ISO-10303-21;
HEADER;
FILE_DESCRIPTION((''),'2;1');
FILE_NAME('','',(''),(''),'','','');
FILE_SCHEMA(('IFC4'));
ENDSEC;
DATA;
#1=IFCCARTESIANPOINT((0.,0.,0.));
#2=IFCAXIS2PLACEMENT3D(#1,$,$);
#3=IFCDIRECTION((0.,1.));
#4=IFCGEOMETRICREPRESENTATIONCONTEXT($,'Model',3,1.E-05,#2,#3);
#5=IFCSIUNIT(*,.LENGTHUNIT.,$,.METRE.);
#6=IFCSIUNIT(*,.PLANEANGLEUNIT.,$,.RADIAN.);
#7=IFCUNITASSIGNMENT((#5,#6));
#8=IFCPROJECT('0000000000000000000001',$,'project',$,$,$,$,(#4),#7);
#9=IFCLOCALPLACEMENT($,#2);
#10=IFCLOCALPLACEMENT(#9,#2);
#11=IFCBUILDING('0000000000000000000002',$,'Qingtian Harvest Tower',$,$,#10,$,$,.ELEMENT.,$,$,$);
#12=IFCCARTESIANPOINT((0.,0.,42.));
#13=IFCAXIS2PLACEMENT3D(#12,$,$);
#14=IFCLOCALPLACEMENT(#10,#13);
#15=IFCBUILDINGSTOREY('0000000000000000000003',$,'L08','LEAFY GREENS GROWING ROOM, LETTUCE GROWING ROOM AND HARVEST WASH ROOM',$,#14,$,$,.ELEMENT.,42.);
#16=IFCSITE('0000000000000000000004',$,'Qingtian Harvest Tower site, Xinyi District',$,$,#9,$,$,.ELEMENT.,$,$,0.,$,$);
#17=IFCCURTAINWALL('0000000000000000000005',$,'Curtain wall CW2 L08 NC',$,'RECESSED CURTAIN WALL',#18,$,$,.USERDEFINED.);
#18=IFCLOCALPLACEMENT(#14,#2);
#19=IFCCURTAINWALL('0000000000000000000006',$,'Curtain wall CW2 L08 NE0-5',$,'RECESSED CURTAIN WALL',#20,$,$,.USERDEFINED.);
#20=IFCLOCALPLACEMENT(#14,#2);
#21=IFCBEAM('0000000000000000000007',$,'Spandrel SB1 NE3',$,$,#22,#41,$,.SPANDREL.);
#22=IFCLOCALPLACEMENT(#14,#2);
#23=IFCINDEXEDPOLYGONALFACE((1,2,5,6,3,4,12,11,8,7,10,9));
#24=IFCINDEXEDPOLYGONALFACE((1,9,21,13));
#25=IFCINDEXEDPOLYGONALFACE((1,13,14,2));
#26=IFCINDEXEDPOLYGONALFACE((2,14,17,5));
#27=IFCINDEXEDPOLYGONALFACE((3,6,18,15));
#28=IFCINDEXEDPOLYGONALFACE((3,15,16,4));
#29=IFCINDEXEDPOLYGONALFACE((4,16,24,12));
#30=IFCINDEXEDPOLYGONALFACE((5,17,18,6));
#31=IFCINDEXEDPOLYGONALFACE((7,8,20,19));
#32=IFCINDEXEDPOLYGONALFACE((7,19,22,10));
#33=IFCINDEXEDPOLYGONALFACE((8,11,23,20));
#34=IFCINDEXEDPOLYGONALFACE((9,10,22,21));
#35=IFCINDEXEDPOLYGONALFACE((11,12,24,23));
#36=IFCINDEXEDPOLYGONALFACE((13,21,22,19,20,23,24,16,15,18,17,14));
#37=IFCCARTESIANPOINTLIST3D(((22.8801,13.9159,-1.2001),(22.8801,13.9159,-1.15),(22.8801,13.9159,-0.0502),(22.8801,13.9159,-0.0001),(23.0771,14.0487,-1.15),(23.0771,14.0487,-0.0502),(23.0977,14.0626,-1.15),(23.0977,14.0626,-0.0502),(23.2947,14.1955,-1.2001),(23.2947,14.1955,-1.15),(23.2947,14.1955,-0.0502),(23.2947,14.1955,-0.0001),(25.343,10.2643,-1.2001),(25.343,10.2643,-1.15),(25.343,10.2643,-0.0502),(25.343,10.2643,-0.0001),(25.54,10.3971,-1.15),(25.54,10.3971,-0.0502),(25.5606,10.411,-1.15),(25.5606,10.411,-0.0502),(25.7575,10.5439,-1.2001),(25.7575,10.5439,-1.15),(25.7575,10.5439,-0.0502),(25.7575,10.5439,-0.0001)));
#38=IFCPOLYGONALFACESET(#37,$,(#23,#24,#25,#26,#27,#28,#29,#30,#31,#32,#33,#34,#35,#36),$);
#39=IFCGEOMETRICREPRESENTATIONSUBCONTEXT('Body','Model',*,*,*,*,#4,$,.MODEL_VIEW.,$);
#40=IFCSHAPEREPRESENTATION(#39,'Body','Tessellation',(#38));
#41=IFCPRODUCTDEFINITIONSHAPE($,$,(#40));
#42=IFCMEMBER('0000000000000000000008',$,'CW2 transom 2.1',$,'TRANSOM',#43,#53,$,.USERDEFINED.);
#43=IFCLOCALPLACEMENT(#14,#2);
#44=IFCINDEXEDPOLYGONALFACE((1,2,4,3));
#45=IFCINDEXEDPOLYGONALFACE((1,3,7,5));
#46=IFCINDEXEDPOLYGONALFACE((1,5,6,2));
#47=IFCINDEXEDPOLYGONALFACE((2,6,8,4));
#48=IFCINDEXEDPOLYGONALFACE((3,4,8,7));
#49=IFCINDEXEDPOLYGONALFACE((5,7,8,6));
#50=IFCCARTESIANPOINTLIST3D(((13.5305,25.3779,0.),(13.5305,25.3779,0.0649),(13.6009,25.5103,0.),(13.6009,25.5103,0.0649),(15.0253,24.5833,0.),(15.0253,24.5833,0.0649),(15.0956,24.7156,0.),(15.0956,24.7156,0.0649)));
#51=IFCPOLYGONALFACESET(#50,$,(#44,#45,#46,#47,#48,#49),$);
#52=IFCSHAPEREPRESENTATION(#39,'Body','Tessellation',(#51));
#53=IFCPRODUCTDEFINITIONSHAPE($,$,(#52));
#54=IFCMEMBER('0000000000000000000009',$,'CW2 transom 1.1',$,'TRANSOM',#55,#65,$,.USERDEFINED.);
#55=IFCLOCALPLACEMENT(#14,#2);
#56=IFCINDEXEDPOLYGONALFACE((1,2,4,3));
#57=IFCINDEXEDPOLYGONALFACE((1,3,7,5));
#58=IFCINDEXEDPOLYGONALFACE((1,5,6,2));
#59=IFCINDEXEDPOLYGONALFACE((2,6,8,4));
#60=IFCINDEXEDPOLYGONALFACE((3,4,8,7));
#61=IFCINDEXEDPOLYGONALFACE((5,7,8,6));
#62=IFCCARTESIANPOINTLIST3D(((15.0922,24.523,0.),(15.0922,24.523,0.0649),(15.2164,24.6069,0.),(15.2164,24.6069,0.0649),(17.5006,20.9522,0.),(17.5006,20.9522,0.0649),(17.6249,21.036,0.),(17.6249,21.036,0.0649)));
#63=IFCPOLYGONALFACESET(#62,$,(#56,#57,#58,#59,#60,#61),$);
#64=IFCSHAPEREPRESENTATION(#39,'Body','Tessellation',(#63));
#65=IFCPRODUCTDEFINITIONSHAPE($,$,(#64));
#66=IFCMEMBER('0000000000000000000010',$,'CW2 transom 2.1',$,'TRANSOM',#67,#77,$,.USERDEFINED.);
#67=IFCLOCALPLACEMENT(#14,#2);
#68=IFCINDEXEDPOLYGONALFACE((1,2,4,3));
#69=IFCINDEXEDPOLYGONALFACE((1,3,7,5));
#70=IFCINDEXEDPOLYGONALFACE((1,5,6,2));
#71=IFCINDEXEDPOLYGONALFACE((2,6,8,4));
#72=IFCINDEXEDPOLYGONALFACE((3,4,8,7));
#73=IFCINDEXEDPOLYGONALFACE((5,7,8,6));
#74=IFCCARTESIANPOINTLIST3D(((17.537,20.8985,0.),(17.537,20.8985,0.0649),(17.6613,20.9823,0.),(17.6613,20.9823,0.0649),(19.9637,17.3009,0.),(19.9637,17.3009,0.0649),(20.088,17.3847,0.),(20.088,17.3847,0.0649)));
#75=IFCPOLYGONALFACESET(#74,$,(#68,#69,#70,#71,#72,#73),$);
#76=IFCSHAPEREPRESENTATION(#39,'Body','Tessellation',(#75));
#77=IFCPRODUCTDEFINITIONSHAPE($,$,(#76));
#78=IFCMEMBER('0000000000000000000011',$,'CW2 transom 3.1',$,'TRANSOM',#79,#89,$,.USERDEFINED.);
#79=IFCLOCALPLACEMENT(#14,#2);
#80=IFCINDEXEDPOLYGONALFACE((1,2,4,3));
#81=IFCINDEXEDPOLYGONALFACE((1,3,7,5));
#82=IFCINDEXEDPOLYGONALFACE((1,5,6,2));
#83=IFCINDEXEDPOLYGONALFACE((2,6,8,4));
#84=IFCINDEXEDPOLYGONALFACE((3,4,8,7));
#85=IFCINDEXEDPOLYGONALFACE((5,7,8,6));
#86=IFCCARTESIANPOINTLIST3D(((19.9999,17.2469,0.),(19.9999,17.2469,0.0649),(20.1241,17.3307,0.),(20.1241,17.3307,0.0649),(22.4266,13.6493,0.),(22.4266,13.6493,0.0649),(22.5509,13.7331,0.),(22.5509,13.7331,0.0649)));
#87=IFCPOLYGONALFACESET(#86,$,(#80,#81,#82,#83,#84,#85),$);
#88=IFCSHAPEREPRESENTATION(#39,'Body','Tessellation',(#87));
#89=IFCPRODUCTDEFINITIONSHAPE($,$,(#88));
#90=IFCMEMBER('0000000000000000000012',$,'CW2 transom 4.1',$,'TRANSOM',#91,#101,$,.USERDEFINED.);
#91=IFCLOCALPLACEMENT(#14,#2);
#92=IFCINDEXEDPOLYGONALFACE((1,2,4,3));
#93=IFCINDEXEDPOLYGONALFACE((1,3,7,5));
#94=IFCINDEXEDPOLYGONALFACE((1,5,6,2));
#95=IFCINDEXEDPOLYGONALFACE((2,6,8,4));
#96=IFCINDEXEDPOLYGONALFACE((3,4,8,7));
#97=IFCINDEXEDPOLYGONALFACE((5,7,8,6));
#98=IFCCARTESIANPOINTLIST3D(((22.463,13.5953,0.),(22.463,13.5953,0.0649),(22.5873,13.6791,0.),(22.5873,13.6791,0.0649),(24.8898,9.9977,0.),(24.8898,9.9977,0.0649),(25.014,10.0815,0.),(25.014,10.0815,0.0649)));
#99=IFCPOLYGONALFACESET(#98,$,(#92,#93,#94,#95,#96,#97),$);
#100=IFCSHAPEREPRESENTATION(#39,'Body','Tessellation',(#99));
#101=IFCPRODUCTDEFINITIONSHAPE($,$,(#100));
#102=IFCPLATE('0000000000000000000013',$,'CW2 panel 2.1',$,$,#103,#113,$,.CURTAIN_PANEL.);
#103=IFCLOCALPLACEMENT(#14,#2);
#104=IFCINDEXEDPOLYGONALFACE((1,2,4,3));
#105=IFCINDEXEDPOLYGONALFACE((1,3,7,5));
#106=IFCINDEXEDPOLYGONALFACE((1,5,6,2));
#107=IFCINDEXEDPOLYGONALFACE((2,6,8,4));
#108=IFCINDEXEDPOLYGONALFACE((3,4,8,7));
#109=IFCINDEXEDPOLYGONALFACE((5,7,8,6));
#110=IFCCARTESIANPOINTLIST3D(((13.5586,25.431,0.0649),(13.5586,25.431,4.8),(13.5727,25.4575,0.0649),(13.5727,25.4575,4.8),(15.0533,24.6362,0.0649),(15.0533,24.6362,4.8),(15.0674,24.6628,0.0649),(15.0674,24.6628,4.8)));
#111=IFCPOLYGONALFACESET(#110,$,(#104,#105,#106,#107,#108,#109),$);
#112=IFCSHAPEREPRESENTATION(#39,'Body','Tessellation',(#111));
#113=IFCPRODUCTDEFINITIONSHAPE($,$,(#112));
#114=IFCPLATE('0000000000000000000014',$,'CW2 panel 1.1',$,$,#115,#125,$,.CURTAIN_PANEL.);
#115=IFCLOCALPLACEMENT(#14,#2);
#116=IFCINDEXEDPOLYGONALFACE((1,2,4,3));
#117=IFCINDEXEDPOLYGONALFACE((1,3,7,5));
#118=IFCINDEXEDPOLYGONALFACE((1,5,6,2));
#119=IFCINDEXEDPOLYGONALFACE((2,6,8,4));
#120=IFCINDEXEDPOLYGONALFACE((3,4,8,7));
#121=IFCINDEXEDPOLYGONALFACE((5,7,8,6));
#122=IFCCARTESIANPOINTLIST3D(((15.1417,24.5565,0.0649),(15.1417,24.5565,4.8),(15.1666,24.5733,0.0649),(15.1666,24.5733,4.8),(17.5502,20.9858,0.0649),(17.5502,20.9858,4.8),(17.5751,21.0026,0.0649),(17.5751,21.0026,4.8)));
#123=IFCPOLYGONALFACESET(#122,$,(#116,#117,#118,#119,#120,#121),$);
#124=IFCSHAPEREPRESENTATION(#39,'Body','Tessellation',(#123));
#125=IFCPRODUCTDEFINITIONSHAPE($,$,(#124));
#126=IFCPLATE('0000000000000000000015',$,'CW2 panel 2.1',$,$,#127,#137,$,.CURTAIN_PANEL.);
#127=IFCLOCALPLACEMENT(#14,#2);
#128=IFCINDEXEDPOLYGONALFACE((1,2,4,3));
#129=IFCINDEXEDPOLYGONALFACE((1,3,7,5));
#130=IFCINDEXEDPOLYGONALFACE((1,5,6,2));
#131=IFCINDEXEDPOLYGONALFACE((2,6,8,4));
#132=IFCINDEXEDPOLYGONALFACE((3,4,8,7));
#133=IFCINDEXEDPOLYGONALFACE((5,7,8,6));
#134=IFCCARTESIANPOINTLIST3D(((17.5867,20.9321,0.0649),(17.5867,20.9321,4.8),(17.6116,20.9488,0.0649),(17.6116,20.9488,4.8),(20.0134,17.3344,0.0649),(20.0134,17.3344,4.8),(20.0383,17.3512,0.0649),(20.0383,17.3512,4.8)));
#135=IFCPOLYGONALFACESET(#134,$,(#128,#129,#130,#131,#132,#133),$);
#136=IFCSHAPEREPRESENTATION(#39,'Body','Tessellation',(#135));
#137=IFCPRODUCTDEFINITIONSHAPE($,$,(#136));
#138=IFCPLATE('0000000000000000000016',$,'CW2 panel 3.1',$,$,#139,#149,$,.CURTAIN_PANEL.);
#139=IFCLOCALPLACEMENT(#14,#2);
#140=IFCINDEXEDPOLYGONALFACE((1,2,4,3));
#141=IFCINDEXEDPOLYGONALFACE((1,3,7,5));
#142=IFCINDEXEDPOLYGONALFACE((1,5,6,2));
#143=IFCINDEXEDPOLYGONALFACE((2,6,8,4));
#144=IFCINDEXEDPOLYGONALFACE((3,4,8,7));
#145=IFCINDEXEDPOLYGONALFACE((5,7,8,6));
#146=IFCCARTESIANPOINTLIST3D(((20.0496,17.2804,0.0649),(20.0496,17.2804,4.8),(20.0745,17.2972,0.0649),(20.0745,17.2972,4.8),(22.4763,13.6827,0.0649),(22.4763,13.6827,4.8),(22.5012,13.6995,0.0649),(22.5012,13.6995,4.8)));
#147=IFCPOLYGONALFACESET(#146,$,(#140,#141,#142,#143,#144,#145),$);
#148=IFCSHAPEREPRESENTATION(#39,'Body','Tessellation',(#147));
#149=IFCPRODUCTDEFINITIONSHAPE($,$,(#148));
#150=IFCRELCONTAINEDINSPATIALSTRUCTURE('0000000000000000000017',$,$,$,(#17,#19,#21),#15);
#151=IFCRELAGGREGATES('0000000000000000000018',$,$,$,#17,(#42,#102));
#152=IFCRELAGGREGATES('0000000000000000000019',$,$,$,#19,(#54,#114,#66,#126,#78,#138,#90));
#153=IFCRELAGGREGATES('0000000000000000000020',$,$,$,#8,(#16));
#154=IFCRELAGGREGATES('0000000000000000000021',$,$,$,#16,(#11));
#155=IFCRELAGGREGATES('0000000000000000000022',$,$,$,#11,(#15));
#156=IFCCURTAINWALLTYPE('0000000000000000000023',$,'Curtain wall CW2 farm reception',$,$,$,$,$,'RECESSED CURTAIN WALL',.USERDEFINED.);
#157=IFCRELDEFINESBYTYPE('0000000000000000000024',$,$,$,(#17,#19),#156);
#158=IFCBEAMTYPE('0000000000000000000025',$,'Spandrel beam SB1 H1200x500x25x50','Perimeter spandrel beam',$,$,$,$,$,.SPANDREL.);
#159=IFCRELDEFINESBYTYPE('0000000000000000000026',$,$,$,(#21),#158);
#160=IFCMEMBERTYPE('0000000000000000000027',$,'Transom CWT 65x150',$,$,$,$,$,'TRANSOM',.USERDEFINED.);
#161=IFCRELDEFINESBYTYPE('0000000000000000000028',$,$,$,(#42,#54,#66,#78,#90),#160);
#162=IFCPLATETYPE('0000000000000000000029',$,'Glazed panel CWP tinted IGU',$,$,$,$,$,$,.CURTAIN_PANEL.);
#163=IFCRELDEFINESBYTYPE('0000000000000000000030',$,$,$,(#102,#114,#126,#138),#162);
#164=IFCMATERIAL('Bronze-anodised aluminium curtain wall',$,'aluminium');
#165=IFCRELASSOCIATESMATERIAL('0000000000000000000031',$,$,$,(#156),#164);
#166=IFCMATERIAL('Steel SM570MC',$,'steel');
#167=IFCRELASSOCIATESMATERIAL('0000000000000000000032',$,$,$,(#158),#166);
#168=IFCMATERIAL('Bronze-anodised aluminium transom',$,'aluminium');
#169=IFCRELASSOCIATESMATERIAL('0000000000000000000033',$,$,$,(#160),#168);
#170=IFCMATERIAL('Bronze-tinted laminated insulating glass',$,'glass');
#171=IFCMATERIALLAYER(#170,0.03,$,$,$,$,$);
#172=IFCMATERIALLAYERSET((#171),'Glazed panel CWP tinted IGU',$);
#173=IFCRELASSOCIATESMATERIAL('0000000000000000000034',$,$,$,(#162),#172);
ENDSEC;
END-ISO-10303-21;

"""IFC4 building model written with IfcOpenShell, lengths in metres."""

from ifc_helpers import new_model, si_unit, direction, frame, origin, origin_2d, place, context, subcontext, project, spatial, rectangle, i_section, extrude, material, layer, layer_set, material_profile, profile_set, type_object, element, aggregate, save


model = new_model("IFC4")

# Units and contexts
model_context = context("Model", 3, precision=1e-05, world=origin(), true_north=direction((0.0, 1.0)))
body_context = subcontext(model_context, "Body", "Model", "MODEL_VIEW")
ifc_project = project(units=[si_unit("LENGTHUNIT", "METRE"), si_unit("PLANEANGLEUNIT", "RADIAN")], contexts=[model_context])

# Site, building, storey
site_placement = place(None, origin())
site = spatial("IfcSite", under=ifc_project, at=site_placement, Name="Qingtian Harvest Tower site, Xinyi District", CompositionType="ELEMENT", RefElevation=0.0)
building_placement = place(site_placement, origin())
building = spatial("IfcBuilding", under=site, at=building_placement, Name="Qingtian Harvest Tower", CompositionType="ELEMENT")
storey_placement = place(building_placement, frame((0.0, 0.0, 42.0)))
storey = spatial("IfcBuildingStorey", under=building, at=storey_placement, Name="L08", Description="LEAFY GREENS GROWING ROOM, LETTUCE GROWING ROOM AND HARVEST WASH ROOM", CompositionType="ELEMENT", Elevation=42.0)

# Curtain wall
ifc_material_1 = material(Name="Bronze-anodised aluminium curtain wall", Category="aluminium")
curtain_wall_type = type_object("IfcCurtainWallType", Name="Curtain wall CW2 farm reception", ElementType="RECESSED CURTAIN WALL", PredefinedType="USERDEFINED", material=ifc_material_1)
curtain_wall_1_placement = place(storey_placement, origin())
curtain_wall_1 = element("IfcCurtainWall", 1, at=curtain_wall_1_placement, inside=storey, type_object=curtain_wall_type, Name="Curtain wall CW2 L08 NC", ObjectType="RECESSED CURTAIN WALL", PredefinedType="USERDEFINED")

# Curtain wall
curtain_wall_2_placement = place(storey_placement, origin())
curtain_wall_2 = element("IfcCurtainWall", 2, at=curtain_wall_2_placement, inside=storey, type_object=curtain_wall_type, Name="Curtain wall CW2 L08 NE0-5", ObjectType="RECESSED CURTAIN WALL", PredefinedType="USERDEFINED")

# Beam
ifc_material_2 = material(Name="Steel SM570MC", Category="steel")
ifc_material_profile_1 = material_profile(ifc_material_2, i_section(OverallWidth=0.5, OverallDepth=1.2, WebThickness=0.0249, FlangeThickness=0.05, at=origin_2d()), Name="H1200x500x25x50")
ifc_profile_set_1 = profile_set([ifc_material_profile_1], Name="Steel SM570MC")
beam_type_1 = type_object("IfcBeamType", Name="Spandrel beam SB1 H1200x500x25x50", Description="Perimeter spandrel beam", PredefinedType="SPANDREL", material=ifc_profile_set_1)
for number, where, z_axis, x_axis, name in (
    (3, (23.0874, 14.0557, -0.6001), (0.559169, -0.829054, 0.0), (0.829054, 0.559169, 0.0), "Spandrel SB1 NE3"),
):
    element("IfcBeam", number, at=place(storey_placement, frame(where, z_axis=z_axis, x_axis=x_axis)), inside=storey, type_object=beam_type_1, Name=name, PredefinedType="SPANDREL", context=body_context, shape_type="SweptSolid", body=[
        extrude(i_section(OverallWidth=0.5, OverallDepth=1.2, WebThickness=0.0249, FlangeThickness=0.05, at=origin_2d()), origin(), (0.0, 0.0, 1.0), 4.4045),
    ])

# Members
ifc_material_3 = material(Name="Bronze-anodised aluminium transom", Category="aluminium")
ifc_material_profile_2 = material_profile(ifc_material_3, rectangle(XDim=0.1499, YDim=0.0649, at=origin_2d()), Name="AL 65x150")
ifc_profile_set_2 = profile_set([ifc_material_profile_2], Name="Bronze-anodised aluminium transom")
member_type_1 = type_object("IfcMemberType", Name="Transom CWT 65x150", ElementType="TRANSOM", PredefinedType="USERDEFINED", material=ifc_profile_set_2)
member_1_placement = place(storey_placement, frame((13.5657, 25.4441, 0.0325), z_axis=(0.882987, -0.469398, 0.0), x_axis=(0.469398, 0.882987, 0.0)))
member_1 = element("IfcMember", 4, at=member_1_placement, type_object=member_type_1, Name="CW2 transom 2.1", ObjectType="TRANSOM", PredefinedType="USERDEFINED", context=body_context, shape_type="SweptSolid", body=[
    extrude(rectangle(XDim=0.1499, YDim=0.0649, at=origin_2d()), origin(), (0.0, 0.0, 1.0), 1.6929),
])
member_2_placement = place(storey_placement, frame((15.1543, 24.5649, 0.0325), z_axis=(0.559179, -0.829047, 0.0), x_axis=(0.829047, 0.559179, 0.0)))
member_2 = element("IfcMember", 5, at=member_2_placement, type_object=member_type_1, Name="CW2 transom 1.1", ObjectType="TRANSOM", PredefinedType="USERDEFINED", context=body_context, shape_type="SweptSolid", body=[
    extrude(rectangle(XDim=0.1499, YDim=0.0649, at=origin_2d()), origin(), (0.0, 0.0, 1.0), 4.3071),
])
member_3_placement = place(storey_placement, frame((17.5991, 20.9404, 0.0325), z_axis=(0.55921, -0.829026, 0.0), x_axis=(0.829026, 0.55921, 0.0)))
member_3 = element("IfcMember", 6, at=member_3_placement, type_object=member_type_1, Name="CW2 transom 2.1", ObjectType="TRANSOM", PredefinedType="USERDEFINED", context=body_context, shape_type="SweptSolid", body=[
    extrude(rectangle(XDim=0.1499, YDim=0.0649, at=origin_2d()), origin(), (0.0, 0.0, 1.0), 4.3396),
])
member_4_placement = place(storey_placement, frame((20.062, 17.2888, 0.0325), z_axis=(0.55921, -0.829026, 0.0), x_axis=(0.829026, 0.55921, 0.0)))
member_4 = element("IfcMember", 7, at=member_4_placement, type_object=member_type_1, Name="CW2 transom 3.1", ObjectType="TRANSOM", PredefinedType="USERDEFINED", context=body_context, shape_type="SweptSolid", body=[
    extrude(rectangle(XDim=0.1499, YDim=0.0649, at=origin_2d()), origin(), (0.0, 0.0, 1.0), 4.3396),
])
member_5_placement = place(storey_placement, frame((22.5251, 13.6372, 0.0325), z_axis=(0.55921, -0.829026, 0.0), x_axis=(0.829026, 0.55921, 0.0)))
member_5 = element("IfcMember", 8, at=member_5_placement, type_object=member_type_1, Name="CW2 transom 4.1", ObjectType="TRANSOM", PredefinedType="USERDEFINED", context=body_context, shape_type="SweptSolid", body=[
    extrude(rectangle(XDim=0.1499, YDim=0.0649, at=origin_2d()), origin(), (0.0, 0.0, 1.0), 4.3396),
])

# Plates
ifc_material_4 = material(Name="Bronze-tinted laminated insulating glass", Category="glass")
ifc_layer = layer(ifc_material_4, 0.03)
ifc_layer_set = layer_set([ifc_layer], Name="Glazed panel CWP tinted IGU")
plate_type = type_object("IfcPlateType", Name="Glazed panel CWP tinted IGU", PredefinedType="CURTAIN_PANEL", material=ifc_layer_set)
plate_1_placement = place(storey_placement, frame((14.313, 25.0469, 0.0649), z_axis=(0.0, 0.0, 1.0), x_axis=(0.882948, -0.469472, 0.0)))
plate_1 = element("IfcPlate", 9, at=plate_1_placement, type_object=plate_type, Name="CW2 panel 2.1", PredefinedType="CURTAIN_PANEL", context=body_context, shape_type="SweptSolid", body=[
    extrude(rectangle(XDim=1.6929, YDim=0.03, at=origin_2d()), origin(), (0.0, 0.0, 1.0), 4.7351),
])
aggregate(curtain_wall_1, [member_1, plate_1])
plate_2_placement = place(storey_placement, frame((16.3584, 22.7795, 0.0649), z_axis=(0.0, 0.0, 1.0), x_axis=(0.559193, -0.829038, 0.0)))
plate_2 = element("IfcPlate", 10, at=plate_2_placement, type_object=plate_type, Name="CW2 panel 1.1", PredefinedType="CURTAIN_PANEL", context=body_context, shape_type="SweptSolid", body=[
    extrude(rectangle(XDim=4.3071, YDim=0.03, at=origin_2d()), origin(), (0.0, 0.0, 1.0), 4.7351),
])
plate_3_placement = place(storey_placement, frame((18.8125, 19.1416, 0.0649), z_axis=(0.0, 0.0, 1.0), x_axis=(0.559193, -0.829038, 0.0)))
plate_3 = element("IfcPlate", 11, at=plate_3_placement, type_object=plate_type, Name="CW2 panel 2.1", PredefinedType="CURTAIN_PANEL", context=body_context, shape_type="SweptSolid", body=[
    extrude(rectangle(XDim=4.3396, YDim=0.03, at=origin_2d()), origin(), (0.0, 0.0, 1.0), 4.7351),
])
plate_4_placement = place(storey_placement, frame((21.2754, 15.49, 0.0649), z_axis=(0.0, 0.0, 1.0), x_axis=(0.559193, -0.829038, 0.0)))
plate_4 = element("IfcPlate", 12, at=plate_4_placement, type_object=plate_type, Name="CW2 panel 3.1", PredefinedType="CURTAIN_PANEL", context=body_context, shape_type="SweptSolid", body=[
    extrude(rectangle(XDim=4.3396, YDim=0.03, at=origin_2d()), origin(), (0.0, 0.0, 1.0), 4.7351),
])
aggregate(curtain_wall_2, [member_2, plate_2, member_3, plate_3, member_4, plate_4, member_5])

save(model, "model.ifc")
